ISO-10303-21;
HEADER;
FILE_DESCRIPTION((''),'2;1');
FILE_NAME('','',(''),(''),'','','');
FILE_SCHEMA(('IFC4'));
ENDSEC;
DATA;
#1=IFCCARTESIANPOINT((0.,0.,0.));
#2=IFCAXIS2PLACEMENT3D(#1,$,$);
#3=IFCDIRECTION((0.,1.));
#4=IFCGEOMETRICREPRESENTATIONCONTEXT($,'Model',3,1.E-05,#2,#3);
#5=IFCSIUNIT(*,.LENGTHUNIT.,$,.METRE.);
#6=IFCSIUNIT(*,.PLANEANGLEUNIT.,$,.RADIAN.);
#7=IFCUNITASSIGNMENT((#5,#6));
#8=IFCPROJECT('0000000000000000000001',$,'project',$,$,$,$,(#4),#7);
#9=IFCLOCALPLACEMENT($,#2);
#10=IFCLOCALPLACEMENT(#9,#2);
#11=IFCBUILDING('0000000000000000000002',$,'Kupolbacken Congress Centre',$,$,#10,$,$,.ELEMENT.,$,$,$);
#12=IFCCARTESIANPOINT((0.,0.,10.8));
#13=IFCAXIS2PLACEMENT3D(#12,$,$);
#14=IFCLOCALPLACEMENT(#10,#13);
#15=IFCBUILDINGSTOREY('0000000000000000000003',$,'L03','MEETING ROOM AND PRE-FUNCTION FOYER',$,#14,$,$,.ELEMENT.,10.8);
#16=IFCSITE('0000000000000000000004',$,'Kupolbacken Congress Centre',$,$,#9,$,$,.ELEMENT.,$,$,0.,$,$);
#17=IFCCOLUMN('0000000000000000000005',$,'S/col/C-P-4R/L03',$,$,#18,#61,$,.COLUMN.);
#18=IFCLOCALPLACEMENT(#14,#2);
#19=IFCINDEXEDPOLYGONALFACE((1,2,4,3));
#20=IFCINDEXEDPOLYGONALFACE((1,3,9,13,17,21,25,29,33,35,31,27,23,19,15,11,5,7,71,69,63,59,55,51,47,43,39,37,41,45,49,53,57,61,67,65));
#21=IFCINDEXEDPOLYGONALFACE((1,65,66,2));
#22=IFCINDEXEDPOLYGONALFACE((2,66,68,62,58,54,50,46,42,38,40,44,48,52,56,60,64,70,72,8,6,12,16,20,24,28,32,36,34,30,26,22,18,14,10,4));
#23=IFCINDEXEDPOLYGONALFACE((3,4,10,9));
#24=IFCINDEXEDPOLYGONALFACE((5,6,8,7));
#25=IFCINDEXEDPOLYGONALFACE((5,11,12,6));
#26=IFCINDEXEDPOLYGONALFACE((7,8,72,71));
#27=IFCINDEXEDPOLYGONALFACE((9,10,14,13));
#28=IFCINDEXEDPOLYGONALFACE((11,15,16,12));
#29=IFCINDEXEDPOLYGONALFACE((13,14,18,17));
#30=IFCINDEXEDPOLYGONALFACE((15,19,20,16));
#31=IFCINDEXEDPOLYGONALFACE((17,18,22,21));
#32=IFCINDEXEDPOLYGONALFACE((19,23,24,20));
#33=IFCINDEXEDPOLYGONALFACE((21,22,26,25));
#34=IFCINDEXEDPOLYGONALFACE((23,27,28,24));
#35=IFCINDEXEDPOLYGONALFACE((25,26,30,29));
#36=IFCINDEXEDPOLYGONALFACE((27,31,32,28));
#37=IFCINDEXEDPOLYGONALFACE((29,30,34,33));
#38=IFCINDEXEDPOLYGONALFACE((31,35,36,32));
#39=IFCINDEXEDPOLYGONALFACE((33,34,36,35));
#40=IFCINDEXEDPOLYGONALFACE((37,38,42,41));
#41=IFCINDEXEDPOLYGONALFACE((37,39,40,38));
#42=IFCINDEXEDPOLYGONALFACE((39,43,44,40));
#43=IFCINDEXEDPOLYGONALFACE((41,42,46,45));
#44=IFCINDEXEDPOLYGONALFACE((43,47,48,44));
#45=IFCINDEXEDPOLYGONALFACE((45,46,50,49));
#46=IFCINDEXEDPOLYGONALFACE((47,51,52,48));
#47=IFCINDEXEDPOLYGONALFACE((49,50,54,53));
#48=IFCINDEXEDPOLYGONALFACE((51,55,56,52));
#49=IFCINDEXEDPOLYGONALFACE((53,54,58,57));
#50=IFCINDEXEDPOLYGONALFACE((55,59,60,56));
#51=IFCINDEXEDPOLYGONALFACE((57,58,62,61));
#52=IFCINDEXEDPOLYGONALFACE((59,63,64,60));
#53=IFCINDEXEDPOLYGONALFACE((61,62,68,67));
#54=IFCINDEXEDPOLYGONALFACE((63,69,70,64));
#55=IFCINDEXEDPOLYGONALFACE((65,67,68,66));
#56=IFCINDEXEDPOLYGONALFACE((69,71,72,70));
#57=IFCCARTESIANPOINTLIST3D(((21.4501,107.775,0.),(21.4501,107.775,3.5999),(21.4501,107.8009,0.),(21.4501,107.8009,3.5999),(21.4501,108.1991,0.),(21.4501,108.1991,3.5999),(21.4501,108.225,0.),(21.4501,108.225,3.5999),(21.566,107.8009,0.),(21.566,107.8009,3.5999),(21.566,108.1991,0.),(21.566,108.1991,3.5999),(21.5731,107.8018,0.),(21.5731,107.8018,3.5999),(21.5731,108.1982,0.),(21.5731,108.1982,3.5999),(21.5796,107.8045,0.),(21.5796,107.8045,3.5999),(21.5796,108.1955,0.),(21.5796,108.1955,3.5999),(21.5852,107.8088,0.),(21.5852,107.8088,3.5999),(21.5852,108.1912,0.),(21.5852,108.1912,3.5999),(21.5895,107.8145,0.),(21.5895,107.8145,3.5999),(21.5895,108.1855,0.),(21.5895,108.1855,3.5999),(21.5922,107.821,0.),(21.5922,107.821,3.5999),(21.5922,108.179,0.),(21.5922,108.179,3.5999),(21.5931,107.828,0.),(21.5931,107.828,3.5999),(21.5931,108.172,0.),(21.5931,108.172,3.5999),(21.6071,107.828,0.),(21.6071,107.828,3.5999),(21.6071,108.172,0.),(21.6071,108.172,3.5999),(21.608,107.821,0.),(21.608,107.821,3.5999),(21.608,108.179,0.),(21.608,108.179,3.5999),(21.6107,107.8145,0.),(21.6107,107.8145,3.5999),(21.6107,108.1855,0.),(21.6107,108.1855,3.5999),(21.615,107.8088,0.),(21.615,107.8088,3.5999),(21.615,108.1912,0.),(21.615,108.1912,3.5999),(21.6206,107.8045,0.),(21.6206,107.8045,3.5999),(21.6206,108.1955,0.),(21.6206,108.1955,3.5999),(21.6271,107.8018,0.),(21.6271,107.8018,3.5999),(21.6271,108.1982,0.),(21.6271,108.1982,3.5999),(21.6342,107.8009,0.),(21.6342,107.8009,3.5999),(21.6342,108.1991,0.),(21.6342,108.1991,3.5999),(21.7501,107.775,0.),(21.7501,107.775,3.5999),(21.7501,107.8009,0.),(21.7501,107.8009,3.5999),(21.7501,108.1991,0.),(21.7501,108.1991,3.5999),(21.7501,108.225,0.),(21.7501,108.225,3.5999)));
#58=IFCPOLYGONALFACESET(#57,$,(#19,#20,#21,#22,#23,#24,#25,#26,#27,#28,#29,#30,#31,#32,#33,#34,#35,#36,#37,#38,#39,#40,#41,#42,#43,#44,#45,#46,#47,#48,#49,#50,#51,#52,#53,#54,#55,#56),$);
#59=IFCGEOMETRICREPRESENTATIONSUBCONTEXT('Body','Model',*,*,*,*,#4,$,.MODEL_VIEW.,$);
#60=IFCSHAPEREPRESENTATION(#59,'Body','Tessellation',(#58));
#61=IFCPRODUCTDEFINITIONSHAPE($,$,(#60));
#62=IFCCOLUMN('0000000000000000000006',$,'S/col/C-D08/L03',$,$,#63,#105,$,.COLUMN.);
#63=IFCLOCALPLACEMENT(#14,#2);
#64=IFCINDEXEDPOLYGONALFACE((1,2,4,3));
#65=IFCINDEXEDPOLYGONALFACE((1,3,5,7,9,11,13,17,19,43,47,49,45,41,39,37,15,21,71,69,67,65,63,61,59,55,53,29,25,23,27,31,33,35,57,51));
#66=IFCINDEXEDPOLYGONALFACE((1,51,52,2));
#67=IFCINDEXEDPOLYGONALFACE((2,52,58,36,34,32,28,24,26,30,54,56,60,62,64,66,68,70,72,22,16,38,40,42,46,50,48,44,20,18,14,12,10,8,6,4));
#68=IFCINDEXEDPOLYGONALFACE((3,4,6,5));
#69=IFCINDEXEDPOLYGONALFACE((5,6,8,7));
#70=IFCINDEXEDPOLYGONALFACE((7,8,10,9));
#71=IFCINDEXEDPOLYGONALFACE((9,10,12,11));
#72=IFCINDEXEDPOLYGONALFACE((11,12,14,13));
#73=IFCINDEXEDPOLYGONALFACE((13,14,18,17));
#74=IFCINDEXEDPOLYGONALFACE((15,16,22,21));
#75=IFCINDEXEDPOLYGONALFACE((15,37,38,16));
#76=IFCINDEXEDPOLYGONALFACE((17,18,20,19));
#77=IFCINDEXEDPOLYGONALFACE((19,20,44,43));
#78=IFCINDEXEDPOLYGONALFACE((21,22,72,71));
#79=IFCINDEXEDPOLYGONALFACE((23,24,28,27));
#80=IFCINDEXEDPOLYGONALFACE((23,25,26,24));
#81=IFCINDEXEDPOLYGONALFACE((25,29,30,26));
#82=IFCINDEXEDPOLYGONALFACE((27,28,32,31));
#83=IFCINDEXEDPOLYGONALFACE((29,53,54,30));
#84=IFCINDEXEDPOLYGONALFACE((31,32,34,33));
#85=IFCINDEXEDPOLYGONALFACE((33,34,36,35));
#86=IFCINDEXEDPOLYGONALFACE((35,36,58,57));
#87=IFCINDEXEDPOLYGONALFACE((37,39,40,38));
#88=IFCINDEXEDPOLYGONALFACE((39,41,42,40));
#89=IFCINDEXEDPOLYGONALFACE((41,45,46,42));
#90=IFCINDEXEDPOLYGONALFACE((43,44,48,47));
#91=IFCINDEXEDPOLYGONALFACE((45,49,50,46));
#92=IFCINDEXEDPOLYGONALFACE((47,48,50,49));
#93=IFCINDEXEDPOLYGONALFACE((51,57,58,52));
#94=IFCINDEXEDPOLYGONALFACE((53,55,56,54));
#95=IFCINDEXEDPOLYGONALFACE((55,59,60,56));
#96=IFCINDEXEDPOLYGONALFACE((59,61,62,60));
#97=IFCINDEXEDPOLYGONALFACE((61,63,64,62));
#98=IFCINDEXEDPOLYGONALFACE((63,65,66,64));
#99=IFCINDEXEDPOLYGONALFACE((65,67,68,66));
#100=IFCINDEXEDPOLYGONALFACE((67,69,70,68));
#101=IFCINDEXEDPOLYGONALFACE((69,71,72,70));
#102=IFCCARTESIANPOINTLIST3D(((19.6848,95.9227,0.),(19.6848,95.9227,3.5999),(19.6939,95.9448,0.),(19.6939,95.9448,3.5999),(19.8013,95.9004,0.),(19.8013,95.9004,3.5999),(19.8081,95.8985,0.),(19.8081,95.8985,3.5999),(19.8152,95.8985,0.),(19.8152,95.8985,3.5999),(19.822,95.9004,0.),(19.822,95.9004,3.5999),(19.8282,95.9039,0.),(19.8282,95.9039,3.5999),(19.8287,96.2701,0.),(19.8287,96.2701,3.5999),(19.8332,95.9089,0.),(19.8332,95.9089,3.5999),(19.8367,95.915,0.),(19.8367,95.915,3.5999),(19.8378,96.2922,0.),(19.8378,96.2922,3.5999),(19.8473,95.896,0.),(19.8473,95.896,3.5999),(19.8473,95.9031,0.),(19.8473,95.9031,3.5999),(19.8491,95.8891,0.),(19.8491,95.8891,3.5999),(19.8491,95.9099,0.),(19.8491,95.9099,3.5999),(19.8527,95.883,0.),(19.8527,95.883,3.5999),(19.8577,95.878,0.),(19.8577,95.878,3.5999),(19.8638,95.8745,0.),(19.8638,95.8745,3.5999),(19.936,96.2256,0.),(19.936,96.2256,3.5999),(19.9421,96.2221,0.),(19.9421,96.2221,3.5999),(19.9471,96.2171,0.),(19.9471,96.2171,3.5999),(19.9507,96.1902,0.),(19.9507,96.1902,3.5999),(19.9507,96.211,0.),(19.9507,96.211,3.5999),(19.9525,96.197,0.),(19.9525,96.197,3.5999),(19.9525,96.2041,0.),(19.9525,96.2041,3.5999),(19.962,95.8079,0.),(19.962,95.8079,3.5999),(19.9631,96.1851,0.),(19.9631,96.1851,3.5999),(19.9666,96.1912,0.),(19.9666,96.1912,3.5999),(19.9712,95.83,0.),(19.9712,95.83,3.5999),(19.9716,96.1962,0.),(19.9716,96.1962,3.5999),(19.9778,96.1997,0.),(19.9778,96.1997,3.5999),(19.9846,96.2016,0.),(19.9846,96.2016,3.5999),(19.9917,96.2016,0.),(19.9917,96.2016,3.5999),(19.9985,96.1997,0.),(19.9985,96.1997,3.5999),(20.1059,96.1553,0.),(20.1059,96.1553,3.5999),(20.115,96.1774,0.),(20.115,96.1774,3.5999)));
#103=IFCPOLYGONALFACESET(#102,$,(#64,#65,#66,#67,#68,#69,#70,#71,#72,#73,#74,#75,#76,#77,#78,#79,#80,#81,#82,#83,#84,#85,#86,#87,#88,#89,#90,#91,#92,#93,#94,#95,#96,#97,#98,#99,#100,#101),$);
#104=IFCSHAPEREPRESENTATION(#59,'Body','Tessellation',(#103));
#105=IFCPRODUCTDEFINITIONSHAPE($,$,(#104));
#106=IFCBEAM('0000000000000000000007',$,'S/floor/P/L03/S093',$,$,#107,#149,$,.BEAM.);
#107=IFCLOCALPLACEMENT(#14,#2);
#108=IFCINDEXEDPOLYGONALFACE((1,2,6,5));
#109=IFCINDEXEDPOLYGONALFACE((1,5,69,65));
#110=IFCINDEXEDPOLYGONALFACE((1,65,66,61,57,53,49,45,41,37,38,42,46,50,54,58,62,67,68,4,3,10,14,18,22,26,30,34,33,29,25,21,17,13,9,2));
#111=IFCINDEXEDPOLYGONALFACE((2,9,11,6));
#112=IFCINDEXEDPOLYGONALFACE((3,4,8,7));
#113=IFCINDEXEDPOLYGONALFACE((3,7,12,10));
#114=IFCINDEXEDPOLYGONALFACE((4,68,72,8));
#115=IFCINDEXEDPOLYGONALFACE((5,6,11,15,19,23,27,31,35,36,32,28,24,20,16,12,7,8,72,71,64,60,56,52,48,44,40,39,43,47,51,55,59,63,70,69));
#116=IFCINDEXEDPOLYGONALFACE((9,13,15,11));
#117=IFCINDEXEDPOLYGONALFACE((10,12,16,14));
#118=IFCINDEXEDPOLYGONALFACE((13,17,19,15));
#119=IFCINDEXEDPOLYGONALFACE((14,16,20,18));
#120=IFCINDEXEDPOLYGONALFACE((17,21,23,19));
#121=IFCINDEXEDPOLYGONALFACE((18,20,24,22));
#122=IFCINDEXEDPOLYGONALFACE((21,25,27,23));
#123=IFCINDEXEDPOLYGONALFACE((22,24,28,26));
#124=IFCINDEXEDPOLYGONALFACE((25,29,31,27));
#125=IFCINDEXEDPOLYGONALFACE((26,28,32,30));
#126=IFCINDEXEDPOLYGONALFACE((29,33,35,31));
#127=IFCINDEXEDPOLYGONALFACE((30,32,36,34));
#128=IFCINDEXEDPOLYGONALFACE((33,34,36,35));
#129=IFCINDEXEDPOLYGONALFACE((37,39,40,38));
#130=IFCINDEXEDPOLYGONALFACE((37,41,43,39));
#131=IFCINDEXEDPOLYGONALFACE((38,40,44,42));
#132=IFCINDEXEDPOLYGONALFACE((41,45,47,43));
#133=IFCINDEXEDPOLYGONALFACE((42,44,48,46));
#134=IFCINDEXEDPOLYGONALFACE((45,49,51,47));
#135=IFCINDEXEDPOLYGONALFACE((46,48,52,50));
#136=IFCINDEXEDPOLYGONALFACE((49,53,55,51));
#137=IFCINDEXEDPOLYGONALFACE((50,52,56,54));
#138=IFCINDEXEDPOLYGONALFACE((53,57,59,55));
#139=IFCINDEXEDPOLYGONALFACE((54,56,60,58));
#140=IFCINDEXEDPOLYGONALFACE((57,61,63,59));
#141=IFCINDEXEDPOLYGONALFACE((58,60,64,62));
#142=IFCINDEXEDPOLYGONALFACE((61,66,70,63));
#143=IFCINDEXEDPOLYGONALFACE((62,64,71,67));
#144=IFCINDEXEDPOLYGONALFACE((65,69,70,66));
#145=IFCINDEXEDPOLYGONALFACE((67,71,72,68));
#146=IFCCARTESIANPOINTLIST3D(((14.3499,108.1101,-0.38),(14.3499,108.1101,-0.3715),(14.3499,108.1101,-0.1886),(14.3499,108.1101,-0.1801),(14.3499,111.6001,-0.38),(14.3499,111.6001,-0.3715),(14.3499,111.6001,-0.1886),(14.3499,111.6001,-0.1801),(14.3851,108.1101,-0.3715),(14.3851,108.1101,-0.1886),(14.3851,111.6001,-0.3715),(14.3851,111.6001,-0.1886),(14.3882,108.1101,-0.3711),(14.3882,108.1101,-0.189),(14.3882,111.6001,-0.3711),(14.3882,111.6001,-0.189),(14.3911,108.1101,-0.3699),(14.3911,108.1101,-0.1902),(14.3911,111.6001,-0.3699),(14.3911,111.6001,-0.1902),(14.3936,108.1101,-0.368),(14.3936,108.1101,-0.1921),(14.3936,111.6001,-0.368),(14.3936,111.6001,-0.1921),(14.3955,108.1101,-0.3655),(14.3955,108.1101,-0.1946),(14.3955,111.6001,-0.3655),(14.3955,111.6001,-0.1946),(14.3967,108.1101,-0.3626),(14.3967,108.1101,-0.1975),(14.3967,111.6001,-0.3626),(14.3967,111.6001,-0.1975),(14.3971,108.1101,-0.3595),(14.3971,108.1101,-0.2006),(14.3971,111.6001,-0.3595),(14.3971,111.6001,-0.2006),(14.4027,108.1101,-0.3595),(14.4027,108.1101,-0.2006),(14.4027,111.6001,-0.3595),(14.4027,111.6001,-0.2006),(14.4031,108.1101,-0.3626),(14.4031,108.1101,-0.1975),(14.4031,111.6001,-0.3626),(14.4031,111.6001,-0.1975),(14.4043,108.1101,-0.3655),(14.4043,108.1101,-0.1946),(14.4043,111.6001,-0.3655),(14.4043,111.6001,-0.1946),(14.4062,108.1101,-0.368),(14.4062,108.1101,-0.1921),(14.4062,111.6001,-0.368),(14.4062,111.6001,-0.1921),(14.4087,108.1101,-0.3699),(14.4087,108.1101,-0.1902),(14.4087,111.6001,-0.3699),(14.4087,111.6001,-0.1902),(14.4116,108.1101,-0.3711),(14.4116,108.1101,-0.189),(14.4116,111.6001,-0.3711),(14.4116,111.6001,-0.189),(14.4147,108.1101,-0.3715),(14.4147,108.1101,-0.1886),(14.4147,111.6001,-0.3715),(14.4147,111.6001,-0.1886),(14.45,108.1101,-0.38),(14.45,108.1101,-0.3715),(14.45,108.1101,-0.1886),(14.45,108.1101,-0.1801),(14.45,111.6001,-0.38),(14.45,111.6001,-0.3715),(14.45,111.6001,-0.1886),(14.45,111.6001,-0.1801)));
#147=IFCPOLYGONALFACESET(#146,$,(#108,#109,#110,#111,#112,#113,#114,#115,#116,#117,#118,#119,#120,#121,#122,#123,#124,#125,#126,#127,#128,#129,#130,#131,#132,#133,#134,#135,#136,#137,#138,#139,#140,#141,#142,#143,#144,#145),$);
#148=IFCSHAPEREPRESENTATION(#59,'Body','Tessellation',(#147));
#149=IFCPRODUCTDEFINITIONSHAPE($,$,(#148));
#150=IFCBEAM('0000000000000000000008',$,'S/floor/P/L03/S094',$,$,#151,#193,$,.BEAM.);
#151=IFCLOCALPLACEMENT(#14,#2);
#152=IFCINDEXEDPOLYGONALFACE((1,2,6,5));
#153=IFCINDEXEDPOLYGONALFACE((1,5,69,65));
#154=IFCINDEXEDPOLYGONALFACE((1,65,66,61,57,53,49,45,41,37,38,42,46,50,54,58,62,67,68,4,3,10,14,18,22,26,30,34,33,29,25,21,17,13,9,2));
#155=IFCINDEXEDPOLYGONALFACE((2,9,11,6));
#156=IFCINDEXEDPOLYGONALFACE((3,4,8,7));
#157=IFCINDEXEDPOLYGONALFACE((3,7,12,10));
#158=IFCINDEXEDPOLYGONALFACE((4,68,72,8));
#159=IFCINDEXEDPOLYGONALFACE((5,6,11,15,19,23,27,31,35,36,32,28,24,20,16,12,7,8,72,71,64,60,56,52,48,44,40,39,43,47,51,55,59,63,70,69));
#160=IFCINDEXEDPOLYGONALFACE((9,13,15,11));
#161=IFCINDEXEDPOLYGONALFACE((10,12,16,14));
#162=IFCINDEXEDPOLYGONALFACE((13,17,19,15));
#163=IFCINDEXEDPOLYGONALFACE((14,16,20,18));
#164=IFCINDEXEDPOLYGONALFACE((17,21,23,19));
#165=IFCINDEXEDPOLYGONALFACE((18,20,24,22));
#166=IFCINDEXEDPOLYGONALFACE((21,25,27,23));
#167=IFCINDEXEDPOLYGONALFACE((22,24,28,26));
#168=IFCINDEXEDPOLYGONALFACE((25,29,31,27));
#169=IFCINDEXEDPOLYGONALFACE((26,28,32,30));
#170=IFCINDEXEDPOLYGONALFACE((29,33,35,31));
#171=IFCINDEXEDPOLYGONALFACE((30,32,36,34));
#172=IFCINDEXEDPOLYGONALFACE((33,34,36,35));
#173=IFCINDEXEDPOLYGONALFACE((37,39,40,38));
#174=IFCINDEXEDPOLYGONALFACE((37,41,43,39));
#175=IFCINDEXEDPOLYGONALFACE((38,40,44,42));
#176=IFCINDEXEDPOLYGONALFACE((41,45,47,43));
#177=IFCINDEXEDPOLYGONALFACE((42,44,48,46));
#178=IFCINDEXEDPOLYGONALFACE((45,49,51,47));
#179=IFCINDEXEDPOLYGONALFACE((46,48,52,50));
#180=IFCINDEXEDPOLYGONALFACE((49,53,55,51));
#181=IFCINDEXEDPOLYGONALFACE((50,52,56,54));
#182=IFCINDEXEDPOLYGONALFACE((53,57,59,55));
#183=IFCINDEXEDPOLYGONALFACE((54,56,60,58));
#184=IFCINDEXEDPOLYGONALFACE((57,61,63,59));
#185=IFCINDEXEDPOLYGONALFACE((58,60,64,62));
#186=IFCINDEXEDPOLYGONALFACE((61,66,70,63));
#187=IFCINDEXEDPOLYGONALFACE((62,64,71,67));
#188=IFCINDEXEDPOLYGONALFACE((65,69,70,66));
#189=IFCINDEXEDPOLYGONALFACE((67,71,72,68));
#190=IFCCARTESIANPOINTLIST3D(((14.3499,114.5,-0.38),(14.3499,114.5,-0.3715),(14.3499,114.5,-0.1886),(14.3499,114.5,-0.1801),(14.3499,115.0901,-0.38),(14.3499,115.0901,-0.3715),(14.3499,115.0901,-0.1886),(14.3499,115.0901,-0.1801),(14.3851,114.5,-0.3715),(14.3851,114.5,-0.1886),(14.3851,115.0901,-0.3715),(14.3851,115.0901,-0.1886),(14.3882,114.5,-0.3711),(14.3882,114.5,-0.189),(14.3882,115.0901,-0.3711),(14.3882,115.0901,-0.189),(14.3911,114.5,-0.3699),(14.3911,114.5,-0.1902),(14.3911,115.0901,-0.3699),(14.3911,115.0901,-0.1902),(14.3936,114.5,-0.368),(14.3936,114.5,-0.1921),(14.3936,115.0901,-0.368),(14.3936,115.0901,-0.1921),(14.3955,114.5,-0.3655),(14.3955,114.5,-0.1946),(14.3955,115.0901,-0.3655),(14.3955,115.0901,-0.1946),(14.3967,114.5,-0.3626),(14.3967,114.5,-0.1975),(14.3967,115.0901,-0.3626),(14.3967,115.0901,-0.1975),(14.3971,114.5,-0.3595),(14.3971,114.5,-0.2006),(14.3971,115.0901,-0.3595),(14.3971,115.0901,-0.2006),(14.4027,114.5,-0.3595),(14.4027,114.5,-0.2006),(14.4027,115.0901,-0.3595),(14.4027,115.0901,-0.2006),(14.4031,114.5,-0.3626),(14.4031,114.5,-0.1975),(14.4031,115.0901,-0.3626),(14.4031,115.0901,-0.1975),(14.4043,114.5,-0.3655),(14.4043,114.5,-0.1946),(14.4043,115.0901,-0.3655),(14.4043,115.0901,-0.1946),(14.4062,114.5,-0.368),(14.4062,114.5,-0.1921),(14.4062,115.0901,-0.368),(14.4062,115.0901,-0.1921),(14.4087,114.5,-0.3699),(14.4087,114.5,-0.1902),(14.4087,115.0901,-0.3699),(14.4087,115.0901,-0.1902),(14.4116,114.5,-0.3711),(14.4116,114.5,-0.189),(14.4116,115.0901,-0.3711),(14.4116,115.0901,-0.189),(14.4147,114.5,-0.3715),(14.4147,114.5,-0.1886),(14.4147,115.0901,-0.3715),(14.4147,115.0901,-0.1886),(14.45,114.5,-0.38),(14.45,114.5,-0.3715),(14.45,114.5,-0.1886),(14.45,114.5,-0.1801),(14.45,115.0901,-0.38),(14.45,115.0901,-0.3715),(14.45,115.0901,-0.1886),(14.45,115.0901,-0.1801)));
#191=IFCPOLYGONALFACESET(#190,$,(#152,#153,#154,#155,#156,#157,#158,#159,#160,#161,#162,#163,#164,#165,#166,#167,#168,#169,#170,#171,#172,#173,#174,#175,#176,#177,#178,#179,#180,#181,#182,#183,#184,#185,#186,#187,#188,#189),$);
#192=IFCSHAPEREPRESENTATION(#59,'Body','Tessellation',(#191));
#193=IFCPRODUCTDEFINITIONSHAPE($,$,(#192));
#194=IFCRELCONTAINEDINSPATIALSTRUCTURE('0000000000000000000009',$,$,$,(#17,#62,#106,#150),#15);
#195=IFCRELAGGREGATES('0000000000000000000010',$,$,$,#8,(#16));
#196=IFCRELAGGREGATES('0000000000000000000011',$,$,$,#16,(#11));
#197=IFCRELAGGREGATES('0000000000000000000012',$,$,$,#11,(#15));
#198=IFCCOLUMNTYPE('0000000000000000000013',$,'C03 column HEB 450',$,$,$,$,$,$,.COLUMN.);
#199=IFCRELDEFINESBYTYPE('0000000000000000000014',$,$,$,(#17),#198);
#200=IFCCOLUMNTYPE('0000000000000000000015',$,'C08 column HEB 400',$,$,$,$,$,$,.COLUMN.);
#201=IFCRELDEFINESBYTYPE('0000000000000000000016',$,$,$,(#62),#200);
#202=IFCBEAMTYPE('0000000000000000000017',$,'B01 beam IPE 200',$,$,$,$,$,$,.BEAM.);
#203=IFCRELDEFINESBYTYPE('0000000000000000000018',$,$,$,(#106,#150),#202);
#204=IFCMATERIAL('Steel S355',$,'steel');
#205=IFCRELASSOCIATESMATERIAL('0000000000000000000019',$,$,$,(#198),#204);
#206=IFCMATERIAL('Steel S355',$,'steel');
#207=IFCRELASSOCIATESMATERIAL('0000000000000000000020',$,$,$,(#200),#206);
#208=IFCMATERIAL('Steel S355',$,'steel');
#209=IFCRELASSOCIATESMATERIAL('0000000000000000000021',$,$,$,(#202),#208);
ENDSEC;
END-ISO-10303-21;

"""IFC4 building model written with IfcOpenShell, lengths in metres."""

from ifc_helpers import new_model, si_unit, direction, frame, origin, origin_2d, place, context, subcontext, project, spatial, i_section, extrude, material, material_profile, profile_set, type_object, element, save


model = new_model("IFC4")

# Units and contexts
model_context = context("Model", 3, precision=1e-05, world=origin(), true_north=direction((0.0, 1.0)))
body_context = subcontext(model_context, "Body", "Model", "MODEL_VIEW")
ifc_project = project(units=[si_unit("LENGTHUNIT", "METRE"), si_unit("PLANEANGLEUNIT", "RADIAN")], contexts=[model_context])

# Site, building, storey
site_placement = place(None, origin())
site = spatial("IfcSite", under=ifc_project, at=site_placement, Name="Kupolbacken Congress Centre", CompositionType="ELEMENT", RefElevation=0.0)
building_placement = place(site_placement, origin())
building = spatial("IfcBuilding", under=site, at=building_placement, Name="Kupolbacken Congress Centre", CompositionType="ELEMENT")
storey_placement = place(building_placement, frame((0.0, 0.0, 10.8)))
storey = spatial("IfcBuildingStorey", under=building, at=storey_placement, Name="L03", Description="MEETING ROOM AND PRE-FUNCTION FOYER", CompositionType="ELEMENT", Elevation=10.8)

# Columns
ifc_material_1 = material(Name="Steel S355", Category="steel")
ifc_material_profile_1 = material_profile(ifc_material_1, i_section(OverallWidth=0.3, OverallDepth=0.45, WebThickness=0.0139, FlangeThickness=0.0259, FilletRadius=0.0271, at=origin_2d()), Name="HEB 450")
ifc_profile_set_1 = profile_set([ifc_material_profile_1], Name="Steel S355")
column_type_1 = type_object("IfcColumnType", Name="C03 column HEB 450", PredefinedType="COLUMN", material=ifc_profile_set_1)
column_1_placement = place(storey_placement, frame((21.6001, 108.0, 0.0), z_axis=(0.0, 0.0, 1.0), x_axis=(1.0, 0.0, 0.0)))
element("IfcColumn", 1, at=column_1_placement, inside=storey, type_object=column_type_1, Name="S/col/C-P-4R/L03", PredefinedType="COLUMN", context=body_context, shape_type="SweptSolid", body=[
    extrude(i_section(OverallWidth=0.3, OverallDepth=0.45, WebThickness=0.0139, FlangeThickness=0.0259, FilletRadius=0.0271, at=origin_2d()), origin(), (0.0, 0.0, 1.0), 3.5999),
])
ifc_material_2 = material(Name="Steel S355", Category="steel")
ifc_material_profile_2 = material_profile(ifc_material_2, i_section(OverallWidth=0.3, OverallDepth=0.3999, WebThickness=0.0134, FlangeThickness=0.0239, FilletRadius=0.0271, at=origin_2d()), Name="HEB 400")
ifc_profile_set_2 = profile_set([ifc_material_profile_2], Name="Steel S355")
column_type_2 = type_object("IfcColumnType", Name="C08 column HEB 400", PredefinedType="COLUMN", material=ifc_profile_set_2)
column_2_placement = place(storey_placement, frame((19.8999, 96.05, 0.0), z_axis=(0.0, 0.0, 1.0), x_axis=(-0.923896, 0.382644, 0.0)))
element("IfcColumn", 2, at=column_2_placement, inside=storey, type_object=column_type_2, Name="S/col/C-D08/L03", PredefinedType="COLUMN", context=body_context, shape_type="SweptSolid", body=[
    extrude(i_section(OverallWidth=0.3, OverallDepth=0.3999, WebThickness=0.0134, FlangeThickness=0.0239, FilletRadius=0.0271, at=origin_2d()), origin(), (0.0, 0.0, 1.0), 3.5999),
])

# Beams
ifc_material_3 = material(Name="Steel S355", Category="steel")
ifc_material_profile_3 = material_profile(ifc_material_3, i_section(OverallWidth=0.1001, OverallDepth=0.2, WebThickness=0.0056, FlangeThickness=0.0085, FilletRadius=0.012, at=origin_2d()), Name="IPE 200")
ifc_profile_set_3 = profile_set([ifc_material_profile_3], Name="Steel S355")
beam_type_1 = type_object("IfcBeamType", Name="B01 beam IPE 200", PredefinedType="BEAM", material=ifc_profile_set_3)
beam_1_placement = place(storey_placement, frame((14.3999, 108.1101, -0.28), z_axis=(0.0, 1.0, 0.0), x_axis=(-1.0, 0.0, 0.0)))
element("IfcBeam", 3, at=beam_1_placement, inside=storey, type_object=beam_type_1, Name="S/floor/P/L03/S093", PredefinedType="BEAM", context=body_context, shape_type="SweptSolid", body=[
    extrude(i_section(OverallWidth=0.1001, OverallDepth=0.2, WebThickness=0.0056, FlangeThickness=0.0085, FilletRadius=0.012, at=origin_2d()), origin(), (0.0, 0.0, 1.0), 3.49),
])
beam_2_placement = place(storey_placement, frame((14.3999, 114.5, -0.28), z_axis=(0.0, 1.0, 0.0), x_axis=(-1.0, 0.0, 0.0)))
element("IfcBeam", 4, at=beam_2_placement, inside=storey, type_object=beam_type_1, Name="S/floor/P/L03/S094", PredefinedType="BEAM", context=body_context, shape_type="SweptSolid", body=[
    extrude(i_section(OverallWidth=0.1001, OverallDepth=0.2, WebThickness=0.0056, FlangeThickness=0.0085, FilletRadius=0.012, at=origin_2d()), origin(), (0.0, 0.0, 1.0), 0.5901),
])

save(model, "model.ifc")
